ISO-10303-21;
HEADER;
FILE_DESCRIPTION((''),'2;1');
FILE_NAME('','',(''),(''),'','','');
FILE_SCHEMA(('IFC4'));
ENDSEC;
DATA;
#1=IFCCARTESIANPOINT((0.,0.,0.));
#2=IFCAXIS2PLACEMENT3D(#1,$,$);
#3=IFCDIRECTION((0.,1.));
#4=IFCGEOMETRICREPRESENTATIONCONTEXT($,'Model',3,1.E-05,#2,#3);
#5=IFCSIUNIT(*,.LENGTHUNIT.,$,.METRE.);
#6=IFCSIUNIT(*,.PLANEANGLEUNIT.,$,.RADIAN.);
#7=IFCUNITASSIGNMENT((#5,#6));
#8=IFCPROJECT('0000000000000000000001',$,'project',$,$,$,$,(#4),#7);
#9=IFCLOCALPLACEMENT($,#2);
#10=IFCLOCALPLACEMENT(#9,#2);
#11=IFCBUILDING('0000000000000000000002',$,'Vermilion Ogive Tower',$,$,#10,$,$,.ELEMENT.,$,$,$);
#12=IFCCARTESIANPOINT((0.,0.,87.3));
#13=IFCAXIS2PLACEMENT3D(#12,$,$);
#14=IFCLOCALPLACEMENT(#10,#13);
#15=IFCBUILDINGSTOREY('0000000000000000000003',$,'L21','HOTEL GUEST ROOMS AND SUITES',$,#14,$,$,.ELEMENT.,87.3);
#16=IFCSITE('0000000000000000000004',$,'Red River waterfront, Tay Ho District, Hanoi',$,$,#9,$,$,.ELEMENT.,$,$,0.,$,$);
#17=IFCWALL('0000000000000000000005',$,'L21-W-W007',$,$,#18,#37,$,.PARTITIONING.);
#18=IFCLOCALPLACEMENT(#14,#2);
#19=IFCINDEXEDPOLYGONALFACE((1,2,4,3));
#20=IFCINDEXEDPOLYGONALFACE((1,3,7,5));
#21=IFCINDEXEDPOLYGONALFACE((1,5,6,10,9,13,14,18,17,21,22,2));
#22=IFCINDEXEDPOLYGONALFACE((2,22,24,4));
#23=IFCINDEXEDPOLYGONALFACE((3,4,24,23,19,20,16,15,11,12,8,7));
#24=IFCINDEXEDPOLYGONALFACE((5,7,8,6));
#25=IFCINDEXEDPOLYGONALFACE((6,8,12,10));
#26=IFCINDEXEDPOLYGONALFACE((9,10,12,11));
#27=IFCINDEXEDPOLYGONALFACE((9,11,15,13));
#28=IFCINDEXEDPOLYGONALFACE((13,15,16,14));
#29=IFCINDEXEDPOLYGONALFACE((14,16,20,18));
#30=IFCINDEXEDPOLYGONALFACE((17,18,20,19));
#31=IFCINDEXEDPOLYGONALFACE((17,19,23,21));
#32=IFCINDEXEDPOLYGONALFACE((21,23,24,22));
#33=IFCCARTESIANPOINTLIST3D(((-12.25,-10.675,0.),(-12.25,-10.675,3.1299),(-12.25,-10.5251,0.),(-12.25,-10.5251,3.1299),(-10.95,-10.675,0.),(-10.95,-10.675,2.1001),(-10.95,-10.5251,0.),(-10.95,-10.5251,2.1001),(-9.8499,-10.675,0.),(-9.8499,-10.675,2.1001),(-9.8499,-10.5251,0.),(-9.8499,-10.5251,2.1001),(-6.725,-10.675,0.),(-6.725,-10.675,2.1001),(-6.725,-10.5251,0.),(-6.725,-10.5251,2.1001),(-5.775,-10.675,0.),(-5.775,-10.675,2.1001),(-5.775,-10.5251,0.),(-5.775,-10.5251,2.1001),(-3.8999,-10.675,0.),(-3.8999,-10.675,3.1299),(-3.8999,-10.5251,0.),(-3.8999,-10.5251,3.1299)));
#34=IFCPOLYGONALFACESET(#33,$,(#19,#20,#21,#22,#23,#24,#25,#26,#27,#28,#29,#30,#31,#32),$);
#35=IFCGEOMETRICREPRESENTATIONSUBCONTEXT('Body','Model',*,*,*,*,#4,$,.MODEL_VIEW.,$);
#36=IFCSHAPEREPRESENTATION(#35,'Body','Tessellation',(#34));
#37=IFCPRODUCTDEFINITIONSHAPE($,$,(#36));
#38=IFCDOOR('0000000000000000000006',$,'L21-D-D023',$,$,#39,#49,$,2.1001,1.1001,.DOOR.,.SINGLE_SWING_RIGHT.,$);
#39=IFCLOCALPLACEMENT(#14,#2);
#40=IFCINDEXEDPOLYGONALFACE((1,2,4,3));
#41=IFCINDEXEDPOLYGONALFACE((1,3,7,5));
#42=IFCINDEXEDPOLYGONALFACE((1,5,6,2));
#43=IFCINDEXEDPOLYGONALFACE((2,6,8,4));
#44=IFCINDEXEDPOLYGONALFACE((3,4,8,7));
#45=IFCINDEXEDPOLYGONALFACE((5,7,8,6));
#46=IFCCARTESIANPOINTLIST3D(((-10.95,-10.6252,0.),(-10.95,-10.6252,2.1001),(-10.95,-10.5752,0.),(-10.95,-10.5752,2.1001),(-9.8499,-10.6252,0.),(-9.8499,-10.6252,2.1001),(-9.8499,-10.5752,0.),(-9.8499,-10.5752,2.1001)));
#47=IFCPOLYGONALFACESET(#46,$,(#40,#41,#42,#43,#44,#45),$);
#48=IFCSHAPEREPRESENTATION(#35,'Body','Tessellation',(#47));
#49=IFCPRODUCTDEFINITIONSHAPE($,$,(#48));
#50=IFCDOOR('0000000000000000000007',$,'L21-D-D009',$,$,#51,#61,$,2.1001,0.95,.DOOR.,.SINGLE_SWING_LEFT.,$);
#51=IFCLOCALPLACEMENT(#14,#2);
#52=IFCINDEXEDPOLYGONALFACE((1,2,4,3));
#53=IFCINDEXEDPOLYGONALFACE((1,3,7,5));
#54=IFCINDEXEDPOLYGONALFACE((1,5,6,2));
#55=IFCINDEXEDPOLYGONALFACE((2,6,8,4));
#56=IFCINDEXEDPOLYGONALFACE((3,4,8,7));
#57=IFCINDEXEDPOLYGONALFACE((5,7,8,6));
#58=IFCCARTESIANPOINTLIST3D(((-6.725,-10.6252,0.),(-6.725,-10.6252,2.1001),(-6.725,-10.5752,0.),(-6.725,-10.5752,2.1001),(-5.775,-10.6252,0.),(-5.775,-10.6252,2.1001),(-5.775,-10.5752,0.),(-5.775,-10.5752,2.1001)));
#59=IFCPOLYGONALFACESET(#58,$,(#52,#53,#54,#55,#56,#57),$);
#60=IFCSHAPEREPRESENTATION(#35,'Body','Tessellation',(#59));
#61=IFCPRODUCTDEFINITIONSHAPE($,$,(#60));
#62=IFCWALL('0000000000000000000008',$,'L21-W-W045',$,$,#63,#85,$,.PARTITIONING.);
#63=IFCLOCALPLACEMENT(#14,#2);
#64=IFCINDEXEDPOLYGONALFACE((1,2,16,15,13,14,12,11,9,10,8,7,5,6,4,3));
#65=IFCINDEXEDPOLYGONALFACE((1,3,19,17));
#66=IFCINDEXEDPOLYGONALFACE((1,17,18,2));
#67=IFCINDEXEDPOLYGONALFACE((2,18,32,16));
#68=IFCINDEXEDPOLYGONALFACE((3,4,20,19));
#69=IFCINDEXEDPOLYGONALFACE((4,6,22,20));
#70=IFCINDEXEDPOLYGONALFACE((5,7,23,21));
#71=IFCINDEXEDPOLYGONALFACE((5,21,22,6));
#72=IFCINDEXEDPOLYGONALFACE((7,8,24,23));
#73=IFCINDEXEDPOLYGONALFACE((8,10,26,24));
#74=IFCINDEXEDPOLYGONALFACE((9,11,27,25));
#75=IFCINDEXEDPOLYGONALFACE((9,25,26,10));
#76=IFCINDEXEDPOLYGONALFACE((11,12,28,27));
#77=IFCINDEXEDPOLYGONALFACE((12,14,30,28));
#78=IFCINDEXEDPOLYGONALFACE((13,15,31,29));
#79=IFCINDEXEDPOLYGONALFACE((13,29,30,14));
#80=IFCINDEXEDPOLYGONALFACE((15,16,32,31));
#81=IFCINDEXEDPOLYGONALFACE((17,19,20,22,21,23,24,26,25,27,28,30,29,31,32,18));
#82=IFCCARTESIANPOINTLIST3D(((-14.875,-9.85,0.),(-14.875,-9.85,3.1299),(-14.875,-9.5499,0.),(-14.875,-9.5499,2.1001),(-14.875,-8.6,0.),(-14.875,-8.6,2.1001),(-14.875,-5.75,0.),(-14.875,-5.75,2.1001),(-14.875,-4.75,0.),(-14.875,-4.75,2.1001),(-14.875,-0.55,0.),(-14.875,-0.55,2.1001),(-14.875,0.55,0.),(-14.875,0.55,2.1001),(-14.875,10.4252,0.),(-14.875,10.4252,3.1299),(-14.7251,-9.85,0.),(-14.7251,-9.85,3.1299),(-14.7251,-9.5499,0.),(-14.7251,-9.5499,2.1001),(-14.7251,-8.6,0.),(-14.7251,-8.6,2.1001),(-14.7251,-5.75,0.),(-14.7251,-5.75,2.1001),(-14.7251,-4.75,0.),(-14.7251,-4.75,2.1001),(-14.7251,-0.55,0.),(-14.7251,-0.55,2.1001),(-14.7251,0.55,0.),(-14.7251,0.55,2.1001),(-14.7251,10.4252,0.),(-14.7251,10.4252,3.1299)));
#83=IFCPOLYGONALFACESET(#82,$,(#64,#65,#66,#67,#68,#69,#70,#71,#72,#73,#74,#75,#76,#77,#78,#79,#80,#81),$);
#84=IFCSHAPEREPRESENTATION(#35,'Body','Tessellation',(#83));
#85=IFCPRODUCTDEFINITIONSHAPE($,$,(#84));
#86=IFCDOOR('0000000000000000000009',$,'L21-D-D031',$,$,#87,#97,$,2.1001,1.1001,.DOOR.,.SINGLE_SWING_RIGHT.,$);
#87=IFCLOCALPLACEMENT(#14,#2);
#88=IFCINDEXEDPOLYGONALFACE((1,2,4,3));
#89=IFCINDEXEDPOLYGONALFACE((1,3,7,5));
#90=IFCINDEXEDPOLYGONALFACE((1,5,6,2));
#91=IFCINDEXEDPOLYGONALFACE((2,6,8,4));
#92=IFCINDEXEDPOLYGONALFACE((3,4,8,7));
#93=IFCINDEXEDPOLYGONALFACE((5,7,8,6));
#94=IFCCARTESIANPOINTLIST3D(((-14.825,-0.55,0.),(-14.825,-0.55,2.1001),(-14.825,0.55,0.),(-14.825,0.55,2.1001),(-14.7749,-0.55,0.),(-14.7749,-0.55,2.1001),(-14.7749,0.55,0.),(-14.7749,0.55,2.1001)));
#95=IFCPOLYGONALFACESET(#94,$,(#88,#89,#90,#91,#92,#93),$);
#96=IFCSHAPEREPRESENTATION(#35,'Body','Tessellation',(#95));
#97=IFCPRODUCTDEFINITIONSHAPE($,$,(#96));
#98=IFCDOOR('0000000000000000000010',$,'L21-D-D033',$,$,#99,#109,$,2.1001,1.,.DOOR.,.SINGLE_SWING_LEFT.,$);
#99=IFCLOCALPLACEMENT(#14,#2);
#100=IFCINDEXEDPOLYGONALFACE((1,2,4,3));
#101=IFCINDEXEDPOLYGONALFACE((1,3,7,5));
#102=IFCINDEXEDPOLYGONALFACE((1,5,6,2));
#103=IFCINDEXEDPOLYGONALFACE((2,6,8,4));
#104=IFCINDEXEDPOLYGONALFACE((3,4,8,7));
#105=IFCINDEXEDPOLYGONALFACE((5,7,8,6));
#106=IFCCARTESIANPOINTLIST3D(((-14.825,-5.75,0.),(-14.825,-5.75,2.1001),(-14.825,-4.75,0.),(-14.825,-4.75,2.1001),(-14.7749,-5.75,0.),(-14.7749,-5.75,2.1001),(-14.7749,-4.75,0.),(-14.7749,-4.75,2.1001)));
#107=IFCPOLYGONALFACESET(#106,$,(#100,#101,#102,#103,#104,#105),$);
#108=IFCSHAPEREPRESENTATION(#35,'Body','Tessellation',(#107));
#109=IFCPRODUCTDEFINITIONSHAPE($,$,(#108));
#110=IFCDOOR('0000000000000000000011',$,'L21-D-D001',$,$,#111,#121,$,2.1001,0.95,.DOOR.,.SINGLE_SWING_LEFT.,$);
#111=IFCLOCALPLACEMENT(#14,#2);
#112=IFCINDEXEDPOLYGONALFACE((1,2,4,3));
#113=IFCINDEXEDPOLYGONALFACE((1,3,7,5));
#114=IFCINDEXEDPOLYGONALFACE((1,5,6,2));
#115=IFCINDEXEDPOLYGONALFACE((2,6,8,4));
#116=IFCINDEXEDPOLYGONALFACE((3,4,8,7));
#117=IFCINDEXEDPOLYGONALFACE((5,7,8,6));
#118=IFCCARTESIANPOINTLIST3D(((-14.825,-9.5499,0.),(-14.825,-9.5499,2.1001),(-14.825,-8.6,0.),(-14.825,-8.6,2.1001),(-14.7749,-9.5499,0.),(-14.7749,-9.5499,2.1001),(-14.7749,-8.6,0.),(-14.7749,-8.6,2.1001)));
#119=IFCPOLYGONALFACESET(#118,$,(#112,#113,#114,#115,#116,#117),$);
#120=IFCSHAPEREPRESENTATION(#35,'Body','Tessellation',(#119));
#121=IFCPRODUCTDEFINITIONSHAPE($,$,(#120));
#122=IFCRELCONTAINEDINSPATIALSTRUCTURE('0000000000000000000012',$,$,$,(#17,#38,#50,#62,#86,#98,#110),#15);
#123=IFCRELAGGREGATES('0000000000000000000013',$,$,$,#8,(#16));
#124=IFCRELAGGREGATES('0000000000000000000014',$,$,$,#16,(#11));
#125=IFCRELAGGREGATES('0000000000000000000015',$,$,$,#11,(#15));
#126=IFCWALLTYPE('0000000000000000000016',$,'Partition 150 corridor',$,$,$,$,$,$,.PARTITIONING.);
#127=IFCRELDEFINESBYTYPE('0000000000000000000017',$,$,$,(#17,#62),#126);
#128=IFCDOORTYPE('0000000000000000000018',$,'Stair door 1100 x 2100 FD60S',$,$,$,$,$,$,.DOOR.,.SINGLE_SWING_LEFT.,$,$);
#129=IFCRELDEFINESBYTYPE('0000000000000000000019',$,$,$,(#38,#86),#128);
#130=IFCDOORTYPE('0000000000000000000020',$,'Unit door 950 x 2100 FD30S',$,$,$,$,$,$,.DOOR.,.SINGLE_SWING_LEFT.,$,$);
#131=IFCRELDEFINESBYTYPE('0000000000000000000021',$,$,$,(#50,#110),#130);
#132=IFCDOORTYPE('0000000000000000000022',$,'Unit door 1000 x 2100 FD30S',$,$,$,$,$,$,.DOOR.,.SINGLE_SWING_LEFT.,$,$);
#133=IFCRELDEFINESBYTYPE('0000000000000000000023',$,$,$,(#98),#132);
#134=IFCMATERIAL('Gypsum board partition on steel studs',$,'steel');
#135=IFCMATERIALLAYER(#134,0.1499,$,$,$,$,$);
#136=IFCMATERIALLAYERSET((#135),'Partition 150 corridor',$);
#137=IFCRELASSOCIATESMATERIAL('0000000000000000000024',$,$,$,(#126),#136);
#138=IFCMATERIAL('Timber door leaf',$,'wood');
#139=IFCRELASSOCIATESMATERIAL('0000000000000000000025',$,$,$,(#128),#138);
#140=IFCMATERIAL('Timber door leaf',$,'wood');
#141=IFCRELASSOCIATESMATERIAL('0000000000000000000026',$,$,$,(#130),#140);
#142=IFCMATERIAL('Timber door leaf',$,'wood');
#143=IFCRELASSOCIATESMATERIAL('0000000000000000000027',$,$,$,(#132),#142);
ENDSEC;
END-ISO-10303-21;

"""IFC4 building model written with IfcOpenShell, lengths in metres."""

from ifc_helpers import new_model, si_unit, direction, frame, frame_2d, origin, place, context, subcontext, project, spatial, rectangle, extrude, material, layer, layer_set, type_object, element, fill, save


model = new_model("IFC4")

# Units and contexts
model_context = context("Model", 3, precision=1e-05, world=origin(), true_north=direction((0.0, 1.0)))
body_context = subcontext(model_context, "Body", "Model", "MODEL_VIEW")
ifc_project = project(units=[si_unit("LENGTHUNIT", "METRE"), si_unit("PLANEANGLEUNIT", "RADIAN")], contexts=[model_context])

# Site, building, storey
site_placement = place(None, origin())
site = spatial("IfcSite", under=ifc_project, at=site_placement, Name="Red River waterfront, Tay Ho District, Hanoi", CompositionType="ELEMENT", RefElevation=0.0)
building_placement = place(site_placement, origin())
building = spatial("IfcBuilding", under=site, at=building_placement, Name="Vermilion Ogive Tower", CompositionType="ELEMENT")
storey_placement = place(building_placement, frame((0.0, 0.0, 87.3)))
storey = spatial("IfcBuildingStorey", under=building, at=storey_placement, Name="L21", Description="HOTEL GUEST ROOMS AND SUITES", CompositionType="ELEMENT", Elevation=87.3)

# Walls, openings, doors
ifc_material_1 = material(Name="Gypsum board partition on steel studs", Category="steel")
ifc_layer_1 = layer(ifc_material_1, 0.1499)
ifc_layer_set_1 = layer_set([ifc_layer_1], Name="Partition 150 corridor")
wall_type_1 = type_object("IfcWallType", Name="Partition 150 corridor", PredefinedType="PARTITIONING", material=ifc_layer_set_1)
wall_1_placement = place(storey_placement, frame((-12.25, -10.6001, 0.0), z_axis=(0.0, 0.0, 1.0), x_axis=(1.0, 0.0, 0.0)))
wall_1 = element("IfcWall", 1, at=wall_1_placement, inside=storey, type_object=wall_type_1, Name="L21-W-W007", PredefinedType="PARTITIONING", context=body_context, shape_type="SweptSolid", body=[
    extrude(rectangle(XDim=8.3501, YDim=0.1499, at=frame_2d((4.175, 0.0))), origin(), (0.0, 0.0, 1.0), 3.1299),
])
opening_1_placement = place(wall_1_placement, frame((5.5249, 0.0, 0.0)))
opening_1 = element("IfcOpeningElement", 2, at=opening_1_placement, cuts=wall_1, PredefinedType="OPENING", context=body_context, shape_type="SweptSolid", body=[
    extrude(rectangle(XDim=0.95, YDim=2.1001, at=frame_2d((0.4751, 1.05))), frame((0.0, 0.085, 0.0), z_axis=(0.0, -1.0, 0.0), x_axis=(1.0, 0.0, 0.0)), (0.0, 0.0, 1.0), 0.1699),
])
opening_2_placement = place(wall_1_placement, frame((1.3, 0.0, 0.0)))
opening_2 = element("IfcOpeningElement", 3, at=opening_2_placement, cuts=wall_1, PredefinedType="OPENING", context=body_context, shape_type="SweptSolid", body=[
    extrude(rectangle(XDim=1.1001, YDim=2.1001, at=frame_2d((0.55, 1.05))), frame((0.0, 0.085, 0.0), z_axis=(0.0, -1.0, 0.0), x_axis=(1.0, 0.0, 0.0)), (0.0, 0.0, 1.0), 0.1699),
])
ifc_material_2 = material(Name="Timber door leaf", Category="wood")
door_type_1 = type_object("IfcDoorType", Name="Stair door 1100 x 2100 FD60S", OperationType="SINGLE_SWING_LEFT", PredefinedType="DOOR", material=ifc_material_2)
door_1_placement = place(opening_2_placement, origin())
door_1 = element("IfcDoor", 4, at=door_1_placement, inside=storey, type_object=door_type_1, Name="L21-D-D023", OperationType="SINGLE_SWING_RIGHT", OverallHeight=2.1001, OverallWidth=1.1001, PredefinedType="DOOR", context=body_context, shape_type="SweptSolid", body=[
    extrude(rectangle(XDim=1.1001, YDim=2.1001, at=frame_2d((0.55, 1.05))), frame((0.0, 0.0249, 0.0), z_axis=(0.0, -1.0, 0.0), x_axis=(1.0, 0.0, 0.0)), (0.0, 0.0, 1.0), 0.05),
])
fill(opening_2, door_1)
ifc_material_3 = material(Name="Timber door leaf", Category="wood")
door_type_2 = type_object("IfcDoorType", Name="Unit door 950 x 2100 FD30S", OperationType="SINGLE_SWING_LEFT", PredefinedType="DOOR", material=ifc_material_3)
door_2_placement = place(opening_1_placement, origin())
door_2 = element("IfcDoor", 5, at=door_2_placement, inside=storey, type_object=door_type_2, Name="L21-D-D009", OperationType="SINGLE_SWING_LEFT", OverallHeight=2.1001, OverallWidth=0.95, PredefinedType="DOOR", context=body_context, shape_type="SweptSolid", body=[
    extrude(rectangle(XDim=0.95, YDim=2.1001, at=frame_2d((0.4751, 1.05))), frame((0.0, 0.0249, 0.0), z_axis=(0.0, -1.0, 0.0), x_axis=(1.0, 0.0, 0.0)), (0.0, 0.0, 1.0), 0.05),
])
fill(opening_1, door_2)
wall_2_placement = place(storey_placement, frame((-14.8, -9.8501, 0.0), z_axis=(0.0, 0.0, 1.0), x_axis=(0.0, 1.0, 0.0)))
wall_2 = element("IfcWall", 6, at=wall_2_placement, inside=storey, type_object=wall_type_1, Name="L21-W-W045", PredefinedType="PARTITIONING", context=body_context, shape_type="SweptSolid", body=[
    extrude(rectangle(XDim=20.2751, YDim=0.1499, at=frame_2d((10.1377, 0.0))), origin(), (0.0, 0.0, 1.0), 3.1299),
])
opening_3_placement = place(wall_2_placement, frame((0.3, 0.0, 0.0)))
opening_3 = element("IfcOpeningElement", 7, at=opening_3_placement, cuts=wall_2, PredefinedType="OPENING", context=body_context, shape_type="SweptSolid", body=[
    extrude(rectangle(XDim=0.95, YDim=2.1001, at=frame_2d((0.4751, 1.05))), frame((0.0, 0.085, 0.0), z_axis=(0.0, -1.0, 0.0), x_axis=(1.0, 0.0, 0.0)), (0.0, 0.0, 1.0), 0.1699),
])
opening_4_placement = place(wall_2_placement, frame((9.3, 0.0, 0.0)))
opening_4 = element("IfcOpeningElement", 8, at=opening_4_placement, cuts=wall_2, PredefinedType="OPENING", context=body_context, shape_type="SweptSolid", body=[
    extrude(rectangle(XDim=1.1001, YDim=2.1001, at=frame_2d((0.55, 1.05))), frame((0.0, 0.085, 0.0), z_axis=(0.0, -1.0, 0.0), x_axis=(1.0, 0.0, 0.0)), (0.0, 0.0, 1.0), 0.1699),
])
opening_5_placement = place(wall_2_placement, frame((4.1001, 0.0, 0.0)))
opening_5 = element("IfcOpeningElement", 9, at=opening_5_placement, cuts=wall_2, PredefinedType="OPENING", context=body_context, shape_type="SweptSolid", body=[
    extrude(rectangle(XDim=1.0, YDim=2.1001, at=frame_2d((0.5, 1.05))), frame((0.0, 0.085, 0.0), z_axis=(0.0, -1.0, 0.0), x_axis=(1.0, 0.0, 0.0)), (0.0, 0.0, 1.0), 0.1699),
])
door_3_placement = place(opening_4_placement, origin())
door_3 = element("IfcDoor", 10, at=door_3_placement, inside=storey, type_object=door_type_1, Name="L21-D-D031", OperationType="SINGLE_SWING_RIGHT", OverallHeight=2.1001, OverallWidth=1.1001, PredefinedType="DOOR", context=body_context, shape_type="SweptSolid", body=[
    extrude(rectangle(XDim=1.1001, YDim=2.1001, at=frame_2d((0.55, 1.05))), frame((0.0, 0.0249, 0.0), z_axis=(0.0, -1.0, 0.0), x_axis=(1.0, 0.0, 0.0)), (0.0, 0.0, 1.0), 0.05),
])
fill(opening_4, door_3)
ifc_material_4 = material(Name="Timber door leaf", Category="wood")
door_type_3 = type_object("IfcDoorType", Name="Unit door 1000 x 2100 FD30S", OperationType="SINGLE_SWING_LEFT", PredefinedType="DOOR", material=ifc_material_4)
door_4_placement = place(opening_5_placement, origin())
door_4 = element("IfcDoor", 11, at=door_4_placement, inside=storey, type_object=door_type_3, Name="L21-D-D033", OperationType="SINGLE_SWING_LEFT", OverallHeight=2.1001, OverallWidth=1.0, PredefinedType="DOOR", context=body_context, shape_type="SweptSolid", body=[
    extrude(rectangle(XDim=1.0, YDim=2.1001, at=frame_2d((0.5, 1.05))), frame((0.0, 0.0249, 0.0), z_axis=(0.0, -1.0, 0.0), x_axis=(1.0, 0.0, 0.0)), (0.0, 0.0, 1.0), 0.05),
])
fill(opening_5, door_4)
door_5_placement = place(opening_3_placement, origin())
door_5 = element("IfcDoor", 12, at=door_5_placement, inside=storey, type_object=door_type_2, Name="L21-D-D001", OperationType="SINGLE_SWING_LEFT", OverallHeight=2.1001, OverallWidth=0.95, PredefinedType="DOOR", context=body_context, shape_type="SweptSolid", body=[
    extrude(rectangle(XDim=0.95, YDim=2.1001, at=frame_2d((0.4751, 1.05))), frame((0.0, 0.0249, 0.0), z_axis=(0.0, -1.0, 0.0), x_axis=(1.0, 0.0, 0.0)), (0.0, 0.0, 1.0), 0.05),
])
fill(opening_3, door_5)

save(model, "model.ifc")
